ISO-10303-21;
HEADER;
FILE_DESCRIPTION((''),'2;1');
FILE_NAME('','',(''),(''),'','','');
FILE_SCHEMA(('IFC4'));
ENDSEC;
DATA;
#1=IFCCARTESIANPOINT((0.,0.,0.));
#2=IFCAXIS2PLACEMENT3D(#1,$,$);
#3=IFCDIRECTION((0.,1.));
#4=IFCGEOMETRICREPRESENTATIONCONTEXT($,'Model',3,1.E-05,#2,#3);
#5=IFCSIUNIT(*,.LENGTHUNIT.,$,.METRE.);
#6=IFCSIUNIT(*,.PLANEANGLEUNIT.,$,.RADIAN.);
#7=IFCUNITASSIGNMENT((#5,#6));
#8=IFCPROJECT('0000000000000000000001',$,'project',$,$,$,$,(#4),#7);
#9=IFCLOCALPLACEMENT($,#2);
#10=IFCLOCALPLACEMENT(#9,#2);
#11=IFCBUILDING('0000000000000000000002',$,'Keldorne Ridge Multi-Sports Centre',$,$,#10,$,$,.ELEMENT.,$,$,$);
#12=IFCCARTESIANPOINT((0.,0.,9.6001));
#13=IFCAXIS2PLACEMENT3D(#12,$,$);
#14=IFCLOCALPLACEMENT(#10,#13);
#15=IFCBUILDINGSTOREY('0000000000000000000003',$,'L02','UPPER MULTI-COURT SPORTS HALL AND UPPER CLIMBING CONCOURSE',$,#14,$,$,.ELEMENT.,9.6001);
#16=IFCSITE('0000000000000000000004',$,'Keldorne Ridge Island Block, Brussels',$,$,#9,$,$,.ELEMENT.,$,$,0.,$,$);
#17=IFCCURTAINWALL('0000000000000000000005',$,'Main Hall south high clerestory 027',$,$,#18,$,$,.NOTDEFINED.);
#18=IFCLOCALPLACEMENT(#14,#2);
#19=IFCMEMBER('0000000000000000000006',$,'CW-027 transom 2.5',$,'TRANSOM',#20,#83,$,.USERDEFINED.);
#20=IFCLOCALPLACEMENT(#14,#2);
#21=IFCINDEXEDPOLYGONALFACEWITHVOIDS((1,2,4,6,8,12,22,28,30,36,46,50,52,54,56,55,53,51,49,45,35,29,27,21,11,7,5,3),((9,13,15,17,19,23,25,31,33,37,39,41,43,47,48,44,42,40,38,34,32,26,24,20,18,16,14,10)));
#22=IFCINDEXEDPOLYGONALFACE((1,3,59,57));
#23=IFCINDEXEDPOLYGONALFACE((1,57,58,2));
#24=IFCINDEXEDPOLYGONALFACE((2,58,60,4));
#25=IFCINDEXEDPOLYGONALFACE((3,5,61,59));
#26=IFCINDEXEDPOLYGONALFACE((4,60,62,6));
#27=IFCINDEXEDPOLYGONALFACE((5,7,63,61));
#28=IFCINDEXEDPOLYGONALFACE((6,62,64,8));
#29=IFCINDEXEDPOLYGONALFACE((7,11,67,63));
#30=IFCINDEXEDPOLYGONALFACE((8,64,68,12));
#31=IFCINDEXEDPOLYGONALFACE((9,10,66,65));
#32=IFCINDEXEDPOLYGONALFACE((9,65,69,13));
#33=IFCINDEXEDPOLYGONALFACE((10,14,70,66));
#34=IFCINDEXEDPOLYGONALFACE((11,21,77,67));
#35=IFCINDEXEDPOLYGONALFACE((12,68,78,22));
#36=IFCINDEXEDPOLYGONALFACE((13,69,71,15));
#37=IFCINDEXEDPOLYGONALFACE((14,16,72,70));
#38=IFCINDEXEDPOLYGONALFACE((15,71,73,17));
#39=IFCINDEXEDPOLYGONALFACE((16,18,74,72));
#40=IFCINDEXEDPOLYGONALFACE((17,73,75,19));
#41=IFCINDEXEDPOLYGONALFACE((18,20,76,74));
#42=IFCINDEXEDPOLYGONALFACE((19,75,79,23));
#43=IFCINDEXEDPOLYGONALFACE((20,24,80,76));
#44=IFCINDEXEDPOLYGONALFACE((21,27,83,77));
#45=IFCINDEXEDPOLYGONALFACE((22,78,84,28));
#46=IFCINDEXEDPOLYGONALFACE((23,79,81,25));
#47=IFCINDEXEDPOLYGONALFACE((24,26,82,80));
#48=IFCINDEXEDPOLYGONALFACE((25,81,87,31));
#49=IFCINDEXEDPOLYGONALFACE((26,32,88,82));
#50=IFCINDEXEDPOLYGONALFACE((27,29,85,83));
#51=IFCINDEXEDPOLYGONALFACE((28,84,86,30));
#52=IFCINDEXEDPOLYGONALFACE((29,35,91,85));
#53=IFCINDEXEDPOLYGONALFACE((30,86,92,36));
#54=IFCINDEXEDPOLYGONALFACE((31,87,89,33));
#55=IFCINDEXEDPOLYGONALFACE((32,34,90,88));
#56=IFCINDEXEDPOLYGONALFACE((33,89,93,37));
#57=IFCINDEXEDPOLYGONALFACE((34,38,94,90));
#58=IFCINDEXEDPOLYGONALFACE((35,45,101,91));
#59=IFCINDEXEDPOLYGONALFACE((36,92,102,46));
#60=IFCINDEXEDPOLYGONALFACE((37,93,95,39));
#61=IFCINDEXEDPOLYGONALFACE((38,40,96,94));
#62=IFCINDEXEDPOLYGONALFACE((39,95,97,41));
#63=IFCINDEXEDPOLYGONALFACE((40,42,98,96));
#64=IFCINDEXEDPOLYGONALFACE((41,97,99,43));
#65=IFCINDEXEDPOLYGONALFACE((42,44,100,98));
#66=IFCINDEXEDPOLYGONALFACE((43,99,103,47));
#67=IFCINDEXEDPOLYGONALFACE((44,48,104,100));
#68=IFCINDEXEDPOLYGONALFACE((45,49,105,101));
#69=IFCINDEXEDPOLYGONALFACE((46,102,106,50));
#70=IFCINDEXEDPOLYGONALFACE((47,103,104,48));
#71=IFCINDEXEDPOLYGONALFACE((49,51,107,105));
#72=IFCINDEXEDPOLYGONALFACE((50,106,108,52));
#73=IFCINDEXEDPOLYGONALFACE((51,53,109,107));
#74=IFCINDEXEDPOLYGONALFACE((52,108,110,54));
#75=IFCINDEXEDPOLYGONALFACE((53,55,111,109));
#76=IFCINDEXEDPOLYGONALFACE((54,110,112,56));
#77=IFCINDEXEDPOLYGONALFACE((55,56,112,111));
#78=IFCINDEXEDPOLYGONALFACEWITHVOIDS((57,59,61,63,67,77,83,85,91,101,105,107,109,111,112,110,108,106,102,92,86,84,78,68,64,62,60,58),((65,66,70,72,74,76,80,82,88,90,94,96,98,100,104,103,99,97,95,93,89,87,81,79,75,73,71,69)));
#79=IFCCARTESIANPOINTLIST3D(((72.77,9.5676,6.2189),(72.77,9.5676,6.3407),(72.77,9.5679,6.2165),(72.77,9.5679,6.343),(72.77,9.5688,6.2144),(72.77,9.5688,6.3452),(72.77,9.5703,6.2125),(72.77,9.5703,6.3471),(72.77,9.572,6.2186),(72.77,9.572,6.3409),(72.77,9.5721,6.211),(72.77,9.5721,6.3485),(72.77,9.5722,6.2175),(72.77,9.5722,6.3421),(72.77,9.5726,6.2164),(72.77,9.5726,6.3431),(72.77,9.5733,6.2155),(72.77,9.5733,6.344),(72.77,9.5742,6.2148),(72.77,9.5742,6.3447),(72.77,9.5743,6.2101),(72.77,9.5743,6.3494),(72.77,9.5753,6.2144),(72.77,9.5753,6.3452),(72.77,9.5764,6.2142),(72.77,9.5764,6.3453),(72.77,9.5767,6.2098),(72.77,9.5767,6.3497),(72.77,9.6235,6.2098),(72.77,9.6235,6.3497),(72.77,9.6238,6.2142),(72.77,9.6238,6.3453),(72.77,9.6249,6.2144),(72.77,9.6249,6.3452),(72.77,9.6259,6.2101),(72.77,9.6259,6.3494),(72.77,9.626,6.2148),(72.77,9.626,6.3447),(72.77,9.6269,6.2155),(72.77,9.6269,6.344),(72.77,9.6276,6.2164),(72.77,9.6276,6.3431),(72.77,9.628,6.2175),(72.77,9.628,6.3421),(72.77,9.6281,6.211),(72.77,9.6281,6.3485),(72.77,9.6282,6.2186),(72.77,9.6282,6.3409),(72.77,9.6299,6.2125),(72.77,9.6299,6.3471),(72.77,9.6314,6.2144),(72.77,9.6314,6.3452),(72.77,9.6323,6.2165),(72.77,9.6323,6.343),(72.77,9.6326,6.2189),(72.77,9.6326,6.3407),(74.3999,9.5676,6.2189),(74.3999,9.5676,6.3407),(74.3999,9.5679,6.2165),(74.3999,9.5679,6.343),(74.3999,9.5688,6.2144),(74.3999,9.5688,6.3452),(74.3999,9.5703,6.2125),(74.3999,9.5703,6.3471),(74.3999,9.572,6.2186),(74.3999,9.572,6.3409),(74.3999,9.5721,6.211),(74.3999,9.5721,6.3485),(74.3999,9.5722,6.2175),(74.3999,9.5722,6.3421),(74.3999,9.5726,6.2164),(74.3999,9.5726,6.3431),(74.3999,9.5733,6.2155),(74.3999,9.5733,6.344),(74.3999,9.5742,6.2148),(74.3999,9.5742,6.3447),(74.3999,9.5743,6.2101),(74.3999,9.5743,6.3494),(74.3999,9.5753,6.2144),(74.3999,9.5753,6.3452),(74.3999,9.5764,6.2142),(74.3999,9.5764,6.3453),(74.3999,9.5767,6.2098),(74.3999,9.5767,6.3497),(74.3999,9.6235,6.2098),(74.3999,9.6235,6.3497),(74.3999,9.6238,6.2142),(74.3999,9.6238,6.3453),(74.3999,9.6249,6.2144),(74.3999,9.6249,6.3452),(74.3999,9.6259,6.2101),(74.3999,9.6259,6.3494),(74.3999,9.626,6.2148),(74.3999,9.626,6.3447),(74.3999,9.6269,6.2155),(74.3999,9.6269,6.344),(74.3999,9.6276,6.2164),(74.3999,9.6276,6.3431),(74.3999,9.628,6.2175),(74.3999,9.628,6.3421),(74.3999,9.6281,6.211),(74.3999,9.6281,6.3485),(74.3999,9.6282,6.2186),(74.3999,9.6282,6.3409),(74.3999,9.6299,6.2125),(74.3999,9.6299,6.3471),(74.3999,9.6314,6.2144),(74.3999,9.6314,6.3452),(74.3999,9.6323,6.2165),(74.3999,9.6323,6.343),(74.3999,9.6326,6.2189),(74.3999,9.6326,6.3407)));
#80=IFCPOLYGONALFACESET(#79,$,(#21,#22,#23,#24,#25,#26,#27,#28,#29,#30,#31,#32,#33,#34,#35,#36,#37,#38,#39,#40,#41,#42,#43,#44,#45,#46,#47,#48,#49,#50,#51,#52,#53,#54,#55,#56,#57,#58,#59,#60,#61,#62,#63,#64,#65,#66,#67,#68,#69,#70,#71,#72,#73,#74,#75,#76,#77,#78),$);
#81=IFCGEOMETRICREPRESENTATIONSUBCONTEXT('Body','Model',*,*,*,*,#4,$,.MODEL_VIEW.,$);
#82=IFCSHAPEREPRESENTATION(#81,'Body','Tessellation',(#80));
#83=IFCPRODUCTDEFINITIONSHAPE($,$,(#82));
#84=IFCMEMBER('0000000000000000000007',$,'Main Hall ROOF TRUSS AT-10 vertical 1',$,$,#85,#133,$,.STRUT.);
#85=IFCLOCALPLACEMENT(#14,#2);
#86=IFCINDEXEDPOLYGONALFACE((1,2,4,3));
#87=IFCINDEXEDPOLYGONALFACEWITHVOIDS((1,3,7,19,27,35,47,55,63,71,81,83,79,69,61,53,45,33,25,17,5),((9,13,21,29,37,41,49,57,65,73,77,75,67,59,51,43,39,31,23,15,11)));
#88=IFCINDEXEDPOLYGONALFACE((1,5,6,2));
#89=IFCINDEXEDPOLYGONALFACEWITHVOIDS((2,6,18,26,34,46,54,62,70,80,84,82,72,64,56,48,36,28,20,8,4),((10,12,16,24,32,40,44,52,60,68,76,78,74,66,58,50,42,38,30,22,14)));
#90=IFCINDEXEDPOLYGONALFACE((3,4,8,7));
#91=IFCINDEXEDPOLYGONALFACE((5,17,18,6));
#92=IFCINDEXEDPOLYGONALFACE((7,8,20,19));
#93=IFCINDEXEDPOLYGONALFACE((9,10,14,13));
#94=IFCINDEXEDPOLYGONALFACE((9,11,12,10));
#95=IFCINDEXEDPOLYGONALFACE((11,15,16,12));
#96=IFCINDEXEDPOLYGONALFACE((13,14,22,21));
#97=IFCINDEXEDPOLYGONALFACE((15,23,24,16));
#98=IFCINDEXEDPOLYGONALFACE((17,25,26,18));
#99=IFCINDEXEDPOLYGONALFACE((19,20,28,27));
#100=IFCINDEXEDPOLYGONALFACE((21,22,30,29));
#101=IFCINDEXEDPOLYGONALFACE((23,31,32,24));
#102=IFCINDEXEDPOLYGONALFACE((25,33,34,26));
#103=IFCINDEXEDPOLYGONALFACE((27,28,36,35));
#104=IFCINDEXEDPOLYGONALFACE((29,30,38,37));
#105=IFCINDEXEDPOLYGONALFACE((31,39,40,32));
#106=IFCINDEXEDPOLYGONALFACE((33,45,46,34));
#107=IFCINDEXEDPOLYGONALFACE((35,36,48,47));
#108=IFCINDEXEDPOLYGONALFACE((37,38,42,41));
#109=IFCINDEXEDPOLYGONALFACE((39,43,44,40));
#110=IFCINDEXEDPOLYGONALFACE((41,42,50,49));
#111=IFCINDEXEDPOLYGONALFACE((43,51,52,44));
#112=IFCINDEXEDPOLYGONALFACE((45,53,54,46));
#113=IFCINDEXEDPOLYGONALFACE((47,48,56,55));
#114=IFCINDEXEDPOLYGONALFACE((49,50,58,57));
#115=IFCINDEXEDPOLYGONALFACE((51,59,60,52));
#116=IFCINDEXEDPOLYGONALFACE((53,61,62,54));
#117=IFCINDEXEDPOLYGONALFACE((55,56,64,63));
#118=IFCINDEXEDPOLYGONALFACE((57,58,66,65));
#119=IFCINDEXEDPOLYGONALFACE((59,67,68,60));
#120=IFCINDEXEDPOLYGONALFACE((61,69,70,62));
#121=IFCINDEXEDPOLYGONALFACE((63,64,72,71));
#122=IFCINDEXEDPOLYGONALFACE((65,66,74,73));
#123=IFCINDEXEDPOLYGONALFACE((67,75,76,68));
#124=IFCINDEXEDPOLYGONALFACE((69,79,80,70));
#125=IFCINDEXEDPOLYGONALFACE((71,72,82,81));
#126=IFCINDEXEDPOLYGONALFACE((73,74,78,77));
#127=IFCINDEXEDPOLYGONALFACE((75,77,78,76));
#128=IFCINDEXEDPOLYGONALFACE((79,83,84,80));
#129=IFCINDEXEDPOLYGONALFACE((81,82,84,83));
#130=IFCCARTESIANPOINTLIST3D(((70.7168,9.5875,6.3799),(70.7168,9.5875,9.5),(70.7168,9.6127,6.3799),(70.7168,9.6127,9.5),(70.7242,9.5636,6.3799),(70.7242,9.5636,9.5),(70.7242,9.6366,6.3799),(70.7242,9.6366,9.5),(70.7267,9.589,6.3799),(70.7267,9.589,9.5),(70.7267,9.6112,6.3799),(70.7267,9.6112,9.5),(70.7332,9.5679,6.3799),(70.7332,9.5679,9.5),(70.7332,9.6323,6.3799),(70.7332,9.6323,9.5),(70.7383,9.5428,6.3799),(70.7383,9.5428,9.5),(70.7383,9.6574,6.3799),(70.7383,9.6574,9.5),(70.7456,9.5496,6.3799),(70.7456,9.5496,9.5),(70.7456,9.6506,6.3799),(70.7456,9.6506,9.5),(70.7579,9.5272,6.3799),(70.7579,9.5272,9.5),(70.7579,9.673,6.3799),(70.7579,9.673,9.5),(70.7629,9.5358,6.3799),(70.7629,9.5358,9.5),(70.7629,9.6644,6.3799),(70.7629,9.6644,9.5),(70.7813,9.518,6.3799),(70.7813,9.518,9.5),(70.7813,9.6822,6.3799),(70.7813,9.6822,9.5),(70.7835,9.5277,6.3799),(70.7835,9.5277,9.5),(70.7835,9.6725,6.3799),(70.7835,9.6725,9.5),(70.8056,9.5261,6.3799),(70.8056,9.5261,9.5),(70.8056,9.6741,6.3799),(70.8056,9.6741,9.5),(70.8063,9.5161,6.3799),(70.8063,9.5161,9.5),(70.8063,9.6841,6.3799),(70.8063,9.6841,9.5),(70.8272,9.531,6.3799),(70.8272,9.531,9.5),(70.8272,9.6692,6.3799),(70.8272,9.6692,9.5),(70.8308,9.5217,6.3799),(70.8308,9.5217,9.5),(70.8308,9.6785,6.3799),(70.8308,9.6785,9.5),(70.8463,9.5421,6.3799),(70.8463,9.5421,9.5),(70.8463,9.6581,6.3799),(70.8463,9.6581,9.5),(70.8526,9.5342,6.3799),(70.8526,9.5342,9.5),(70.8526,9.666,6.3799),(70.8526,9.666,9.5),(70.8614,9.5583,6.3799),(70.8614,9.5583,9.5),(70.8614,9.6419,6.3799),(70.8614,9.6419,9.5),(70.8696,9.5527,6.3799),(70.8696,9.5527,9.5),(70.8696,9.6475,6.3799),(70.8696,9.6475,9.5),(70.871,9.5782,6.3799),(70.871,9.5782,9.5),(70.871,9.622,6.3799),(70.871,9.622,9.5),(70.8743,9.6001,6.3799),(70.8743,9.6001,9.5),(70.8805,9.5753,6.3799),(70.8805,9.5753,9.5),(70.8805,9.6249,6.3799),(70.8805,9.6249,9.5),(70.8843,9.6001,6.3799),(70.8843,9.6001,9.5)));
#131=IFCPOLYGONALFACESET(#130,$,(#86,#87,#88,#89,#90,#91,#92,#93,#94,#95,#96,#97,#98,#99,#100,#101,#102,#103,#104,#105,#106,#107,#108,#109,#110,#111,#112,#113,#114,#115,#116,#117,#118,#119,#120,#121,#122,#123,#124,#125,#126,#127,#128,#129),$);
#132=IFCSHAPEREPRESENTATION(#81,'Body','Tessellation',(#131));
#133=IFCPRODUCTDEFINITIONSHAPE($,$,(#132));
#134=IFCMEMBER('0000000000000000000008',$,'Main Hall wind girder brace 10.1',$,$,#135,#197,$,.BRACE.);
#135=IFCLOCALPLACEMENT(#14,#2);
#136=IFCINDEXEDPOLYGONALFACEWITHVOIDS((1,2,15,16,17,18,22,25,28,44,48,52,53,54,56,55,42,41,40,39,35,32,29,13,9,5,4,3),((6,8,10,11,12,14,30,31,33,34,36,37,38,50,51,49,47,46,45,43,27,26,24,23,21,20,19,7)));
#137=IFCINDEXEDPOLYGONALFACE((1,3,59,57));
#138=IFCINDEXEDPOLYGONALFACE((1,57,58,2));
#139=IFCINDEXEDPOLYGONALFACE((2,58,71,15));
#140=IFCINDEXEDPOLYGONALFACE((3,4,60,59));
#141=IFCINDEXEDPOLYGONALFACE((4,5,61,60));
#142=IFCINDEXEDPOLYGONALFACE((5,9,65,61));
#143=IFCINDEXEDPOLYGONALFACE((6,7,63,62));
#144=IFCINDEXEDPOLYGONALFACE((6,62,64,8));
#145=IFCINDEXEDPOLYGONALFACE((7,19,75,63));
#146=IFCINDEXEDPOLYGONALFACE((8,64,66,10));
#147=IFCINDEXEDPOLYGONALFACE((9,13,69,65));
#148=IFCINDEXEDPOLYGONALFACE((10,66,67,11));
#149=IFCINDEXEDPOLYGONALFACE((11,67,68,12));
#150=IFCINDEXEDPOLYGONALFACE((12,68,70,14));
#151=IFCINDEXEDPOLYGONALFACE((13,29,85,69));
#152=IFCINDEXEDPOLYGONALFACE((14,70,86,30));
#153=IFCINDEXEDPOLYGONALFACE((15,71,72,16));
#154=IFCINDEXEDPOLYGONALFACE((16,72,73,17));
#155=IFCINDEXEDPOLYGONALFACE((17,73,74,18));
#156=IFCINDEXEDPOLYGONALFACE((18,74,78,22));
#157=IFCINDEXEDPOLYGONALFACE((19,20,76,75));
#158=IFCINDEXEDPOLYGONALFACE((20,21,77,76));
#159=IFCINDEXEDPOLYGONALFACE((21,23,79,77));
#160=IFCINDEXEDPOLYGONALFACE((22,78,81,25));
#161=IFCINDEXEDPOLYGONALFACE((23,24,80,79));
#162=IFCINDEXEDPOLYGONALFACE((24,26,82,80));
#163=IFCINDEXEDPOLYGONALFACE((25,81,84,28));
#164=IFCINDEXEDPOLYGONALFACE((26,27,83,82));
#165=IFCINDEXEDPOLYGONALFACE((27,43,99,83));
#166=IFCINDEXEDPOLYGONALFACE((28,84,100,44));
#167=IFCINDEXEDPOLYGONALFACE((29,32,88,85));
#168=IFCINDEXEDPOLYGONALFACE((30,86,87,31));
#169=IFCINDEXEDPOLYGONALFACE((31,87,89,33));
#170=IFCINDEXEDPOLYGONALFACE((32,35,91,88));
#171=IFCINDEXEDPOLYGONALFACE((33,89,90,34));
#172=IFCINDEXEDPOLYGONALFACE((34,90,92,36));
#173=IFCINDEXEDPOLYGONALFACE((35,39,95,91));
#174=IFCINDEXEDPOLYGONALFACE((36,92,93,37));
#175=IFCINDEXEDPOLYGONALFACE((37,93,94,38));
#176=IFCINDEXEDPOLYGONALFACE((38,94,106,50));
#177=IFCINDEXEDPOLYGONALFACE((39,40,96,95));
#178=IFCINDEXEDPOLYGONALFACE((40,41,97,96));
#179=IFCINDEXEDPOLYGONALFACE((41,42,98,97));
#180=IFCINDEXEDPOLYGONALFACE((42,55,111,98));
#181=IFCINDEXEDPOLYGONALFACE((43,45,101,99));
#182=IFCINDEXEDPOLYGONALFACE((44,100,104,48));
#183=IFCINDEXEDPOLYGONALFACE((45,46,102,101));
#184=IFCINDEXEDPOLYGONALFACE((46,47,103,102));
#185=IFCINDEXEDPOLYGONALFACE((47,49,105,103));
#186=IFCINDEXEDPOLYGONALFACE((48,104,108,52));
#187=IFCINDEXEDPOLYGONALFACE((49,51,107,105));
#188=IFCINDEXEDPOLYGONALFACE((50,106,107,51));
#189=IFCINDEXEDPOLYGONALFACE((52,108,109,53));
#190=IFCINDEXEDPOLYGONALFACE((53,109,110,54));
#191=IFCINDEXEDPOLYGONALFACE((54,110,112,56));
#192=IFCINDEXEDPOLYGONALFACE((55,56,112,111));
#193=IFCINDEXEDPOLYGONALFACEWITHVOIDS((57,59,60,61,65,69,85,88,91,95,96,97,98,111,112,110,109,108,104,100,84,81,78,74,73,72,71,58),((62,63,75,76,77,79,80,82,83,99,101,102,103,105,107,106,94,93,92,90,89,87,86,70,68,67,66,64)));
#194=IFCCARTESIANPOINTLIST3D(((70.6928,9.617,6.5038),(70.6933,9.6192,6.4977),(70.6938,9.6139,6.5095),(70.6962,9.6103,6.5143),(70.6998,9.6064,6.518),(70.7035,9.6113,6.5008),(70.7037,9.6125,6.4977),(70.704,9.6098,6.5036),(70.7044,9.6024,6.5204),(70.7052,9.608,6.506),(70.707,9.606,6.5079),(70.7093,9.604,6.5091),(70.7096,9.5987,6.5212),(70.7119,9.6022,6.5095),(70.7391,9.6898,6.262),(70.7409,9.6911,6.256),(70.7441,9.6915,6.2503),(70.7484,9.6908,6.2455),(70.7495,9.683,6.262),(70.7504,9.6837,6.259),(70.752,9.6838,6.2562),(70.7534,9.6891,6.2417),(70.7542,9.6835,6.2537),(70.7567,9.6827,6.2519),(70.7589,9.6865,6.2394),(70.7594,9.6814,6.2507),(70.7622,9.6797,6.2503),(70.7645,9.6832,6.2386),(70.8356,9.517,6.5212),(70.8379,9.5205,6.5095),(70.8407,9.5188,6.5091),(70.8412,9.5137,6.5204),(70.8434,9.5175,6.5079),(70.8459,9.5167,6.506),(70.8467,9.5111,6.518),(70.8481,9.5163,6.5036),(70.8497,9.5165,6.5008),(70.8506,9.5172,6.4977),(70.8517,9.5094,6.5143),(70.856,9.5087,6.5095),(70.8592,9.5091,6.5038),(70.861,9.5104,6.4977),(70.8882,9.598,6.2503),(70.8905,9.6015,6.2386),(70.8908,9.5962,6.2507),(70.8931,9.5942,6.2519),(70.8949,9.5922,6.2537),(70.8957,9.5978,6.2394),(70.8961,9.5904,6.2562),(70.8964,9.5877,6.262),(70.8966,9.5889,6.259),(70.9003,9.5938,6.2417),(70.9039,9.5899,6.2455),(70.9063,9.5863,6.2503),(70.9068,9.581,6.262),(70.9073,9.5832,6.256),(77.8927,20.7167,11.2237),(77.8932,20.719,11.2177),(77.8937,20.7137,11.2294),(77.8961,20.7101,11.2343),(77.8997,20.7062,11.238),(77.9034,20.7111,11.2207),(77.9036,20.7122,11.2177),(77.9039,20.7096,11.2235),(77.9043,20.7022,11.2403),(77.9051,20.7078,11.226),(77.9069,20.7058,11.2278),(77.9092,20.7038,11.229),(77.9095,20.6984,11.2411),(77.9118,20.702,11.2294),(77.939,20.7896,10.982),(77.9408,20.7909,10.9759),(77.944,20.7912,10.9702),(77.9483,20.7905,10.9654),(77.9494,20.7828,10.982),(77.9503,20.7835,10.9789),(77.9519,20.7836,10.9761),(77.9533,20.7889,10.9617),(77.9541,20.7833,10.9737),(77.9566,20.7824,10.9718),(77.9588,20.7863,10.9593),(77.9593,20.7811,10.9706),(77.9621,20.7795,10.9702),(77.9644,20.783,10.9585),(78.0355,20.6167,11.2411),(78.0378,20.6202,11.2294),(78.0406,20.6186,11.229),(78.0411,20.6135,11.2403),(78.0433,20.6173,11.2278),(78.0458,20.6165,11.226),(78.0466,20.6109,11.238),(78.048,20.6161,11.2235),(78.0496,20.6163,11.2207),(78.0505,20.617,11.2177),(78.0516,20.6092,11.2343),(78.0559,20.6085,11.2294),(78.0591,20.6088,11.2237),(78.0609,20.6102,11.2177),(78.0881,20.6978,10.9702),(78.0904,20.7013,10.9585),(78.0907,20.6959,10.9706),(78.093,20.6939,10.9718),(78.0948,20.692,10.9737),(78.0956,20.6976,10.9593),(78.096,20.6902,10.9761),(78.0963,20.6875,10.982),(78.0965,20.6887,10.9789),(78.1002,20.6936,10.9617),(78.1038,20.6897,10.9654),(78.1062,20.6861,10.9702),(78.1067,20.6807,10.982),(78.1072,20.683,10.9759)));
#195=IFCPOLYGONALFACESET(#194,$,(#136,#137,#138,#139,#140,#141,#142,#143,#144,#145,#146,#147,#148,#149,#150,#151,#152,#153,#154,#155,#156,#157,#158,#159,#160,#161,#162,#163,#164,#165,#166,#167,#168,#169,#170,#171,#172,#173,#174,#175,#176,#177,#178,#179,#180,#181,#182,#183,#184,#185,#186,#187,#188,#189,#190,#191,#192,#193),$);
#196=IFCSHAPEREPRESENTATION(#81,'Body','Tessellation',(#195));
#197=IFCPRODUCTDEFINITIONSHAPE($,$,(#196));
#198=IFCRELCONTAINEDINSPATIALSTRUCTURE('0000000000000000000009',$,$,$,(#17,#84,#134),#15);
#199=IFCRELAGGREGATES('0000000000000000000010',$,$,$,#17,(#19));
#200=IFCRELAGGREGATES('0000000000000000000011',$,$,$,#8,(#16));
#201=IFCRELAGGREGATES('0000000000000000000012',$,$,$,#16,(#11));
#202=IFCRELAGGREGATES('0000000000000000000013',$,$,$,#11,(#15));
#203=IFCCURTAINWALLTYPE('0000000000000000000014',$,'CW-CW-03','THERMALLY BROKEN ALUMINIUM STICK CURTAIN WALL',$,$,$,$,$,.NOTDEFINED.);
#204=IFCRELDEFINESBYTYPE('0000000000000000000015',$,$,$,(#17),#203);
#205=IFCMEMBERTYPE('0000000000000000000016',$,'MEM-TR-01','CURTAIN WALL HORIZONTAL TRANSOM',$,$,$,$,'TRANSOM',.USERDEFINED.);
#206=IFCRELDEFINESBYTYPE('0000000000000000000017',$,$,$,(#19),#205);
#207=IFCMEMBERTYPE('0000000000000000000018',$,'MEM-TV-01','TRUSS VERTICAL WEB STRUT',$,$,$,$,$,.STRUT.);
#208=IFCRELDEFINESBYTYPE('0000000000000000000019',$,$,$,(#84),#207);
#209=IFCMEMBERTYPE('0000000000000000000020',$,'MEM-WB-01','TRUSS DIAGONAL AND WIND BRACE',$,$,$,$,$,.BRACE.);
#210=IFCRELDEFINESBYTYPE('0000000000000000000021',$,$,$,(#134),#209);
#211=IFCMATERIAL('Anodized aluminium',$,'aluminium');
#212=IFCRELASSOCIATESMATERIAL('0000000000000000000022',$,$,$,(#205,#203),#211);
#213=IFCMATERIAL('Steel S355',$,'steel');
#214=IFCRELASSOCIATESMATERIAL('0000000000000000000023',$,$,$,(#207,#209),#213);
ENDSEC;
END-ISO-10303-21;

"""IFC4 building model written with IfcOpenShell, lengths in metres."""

from ifc_helpers import new_model, si_unit, direction, frame, origin, origin_2d, place, context, subcontext, project, spatial, hollow_rectangle, hollow_circle, extrude, material, material_profile, profile_set, type_object, element, aggregate, save


model = new_model("IFC4")

# Units and contexts
model_context = context("Model", 3, precision=1e-05, world=origin(), true_north=direction((0.0, 1.0)))
body_context = subcontext(model_context, "Body", "Model", "MODEL_VIEW")
ifc_project = project(units=[si_unit("LENGTHUNIT", "METRE"), si_unit("PLANEANGLEUNIT", "RADIAN")], contexts=[model_context])

# Site, building, storey
site_placement = place(None, origin())
site = spatial("IfcSite", under=ifc_project, at=site_placement, Name="Keldorne Ridge Island Block, Brussels", CompositionType="ELEMENT", RefElevation=0.0)
building_placement = place(site_placement, origin())
building = spatial("IfcBuilding", under=site, at=building_placement, Name="Keldorne Ridge Multi-Sports Centre", CompositionType="ELEMENT")
storey_placement = place(building_placement, frame((0.0, 0.0, 9.6001)))
storey = spatial("IfcBuildingStorey", under=building, at=storey_placement, Name="L02", Description="UPPER MULTI-COURT SPORTS HALL AND UPPER CLIMBING CONCOURSE", CompositionType="ELEMENT", Elevation=9.6001)

# Shared definitions
ifc_material_1 = material(Name="Steel S355", Category="steel")

# Curtain wall, member
ifc_material_2 = material(Name="Anodized aluminium", Category="aluminium")
ifc_material_profile_1 = material_profile(ifc_material_2, hollow_rectangle(XDim=0.0649, YDim=0.1399, WallThickness=0.0044, InnerFilletRadius=0.0044, OuterFilletRadius=0.009, at=origin_2d()), Name="ALU TRANSOM 140x65x4.5")
ifc_profile_set_1 = profile_set([ifc_material_profile_1], Name="Anodized aluminium")
member_type_1 = type_object("IfcMemberType", Name="MEM-TR-01", Description="CURTAIN WALL HORIZONTAL TRANSOM", ElementType="TRANSOM", PredefinedType="USERDEFINED", material=ifc_profile_set_1)
curtain_wall_type_1 = type_object("IfcCurtainWallType", Name="CW-CW-03", Description="THERMALLY BROKEN ALUMINIUM STICK CURTAIN WALL", PredefinedType="NOTDEFINED", material=ifc_material_2)
curtain_wall_1_placement = place(storey_placement, origin())
curtain_wall_1 = element("IfcCurtainWall", 1, at=curtain_wall_1_placement, inside=storey, type_object=curtain_wall_type_1, Name="Main Hall south high clerestory 027", PredefinedType="NOTDEFINED")
member_1_placement = place(storey_placement, frame((72.77, 9.6001, 6.2798), z_axis=(1.0, 0.0, 0.0), x_axis=(0.0, 1.0, 0.0)))
member_1 = element("IfcMember", 2, at=member_1_placement, type_object=member_type_1, Name="CW-027 transom 2.5", ObjectType="TRANSOM", PredefinedType="USERDEFINED", context=body_context, shape_type="SweptSolid", body=[
    extrude(hollow_rectangle(XDim=0.0649, YDim=0.1399, WallThickness=0.0044, InnerFilletRadius=0.0044, OuterFilletRadius=0.009, at=origin_2d()), origin(), (0.0, 0.0, 1.0), 1.6299),
])

# Members
ifc_material_profile_2 = material_profile(ifc_material_1, hollow_circle(Radius=0.0842, WallThickness=0.01, at=origin_2d()), Name="CHS 168.3x10")
ifc_profile_set_2 = profile_set([ifc_material_profile_2], Name="Steel S355")
member_type_2 = type_object("IfcMemberType", Name="MEM-TV-01", Description="TRUSS VERTICAL WEB STRUT", PredefinedType="STRUT", material=ifc_profile_set_2)
member_2_placement = place(storey_placement, frame((70.8, 9.6001, 6.3799), z_axis=(0.0, 0.0, 1.0), x_axis=(1.0, 0.0, 0.0)))
element("IfcMember", 3, at=member_2_placement, inside=storey, type_object=member_type_2, Name="Main Hall ROOF TRUSS AT-10 vertical 1", PredefinedType="STRUT", context=body_context, shape_type="SweptSolid", body=[
    extrude(hollow_circle(Radius=0.0842, WallThickness=0.01, at=origin_2d()), origin(), (0.0, 0.0, 1.0), 3.1201),
])
ifc_material_profile_3 = material_profile(ifc_material_1, hollow_rectangle(XDim=0.2, YDim=0.3, WallThickness=0.0125, InnerFilletRadius=0.0125, OuterFilletRadius=0.0249, at=origin_2d()), Name="RHS 300x200x12.5")
ifc_profile_set_3 = profile_set([ifc_material_profile_3], Name="Steel S355")
member_type_3 = type_object("IfcMemberType", Name="MEM-WB-01", Description="TRUSS DIAGONAL AND WIND BRACE", PredefinedType="BRACE", material=ifc_profile_set_3)
member_3_placement = place(storey_placement, frame((70.8, 9.6001, 6.3799), z_axis=(0.512554, 0.790182, 0.336008), x_axis=(-0.83896, 0.544194, 0.0)))
element("IfcMember", 4, at=member_3_placement, inside=storey, type_object=member_type_3, Name="Main Hall wind girder brace 10.1", PredefinedType="BRACE", context=body_context, shape_type="SweptSolid", body=[
    extrude(hollow_rectangle(XDim=0.2, YDim=0.3, WallThickness=0.0125, InnerFilletRadius=0.0125, OuterFilletRadius=0.0249, at=origin_2d()), origin(), (0.0, 0.0, 1.0), 14.0471),
])

aggregate(curtain_wall_1, [member_1])

save(model, "model.ifc")
